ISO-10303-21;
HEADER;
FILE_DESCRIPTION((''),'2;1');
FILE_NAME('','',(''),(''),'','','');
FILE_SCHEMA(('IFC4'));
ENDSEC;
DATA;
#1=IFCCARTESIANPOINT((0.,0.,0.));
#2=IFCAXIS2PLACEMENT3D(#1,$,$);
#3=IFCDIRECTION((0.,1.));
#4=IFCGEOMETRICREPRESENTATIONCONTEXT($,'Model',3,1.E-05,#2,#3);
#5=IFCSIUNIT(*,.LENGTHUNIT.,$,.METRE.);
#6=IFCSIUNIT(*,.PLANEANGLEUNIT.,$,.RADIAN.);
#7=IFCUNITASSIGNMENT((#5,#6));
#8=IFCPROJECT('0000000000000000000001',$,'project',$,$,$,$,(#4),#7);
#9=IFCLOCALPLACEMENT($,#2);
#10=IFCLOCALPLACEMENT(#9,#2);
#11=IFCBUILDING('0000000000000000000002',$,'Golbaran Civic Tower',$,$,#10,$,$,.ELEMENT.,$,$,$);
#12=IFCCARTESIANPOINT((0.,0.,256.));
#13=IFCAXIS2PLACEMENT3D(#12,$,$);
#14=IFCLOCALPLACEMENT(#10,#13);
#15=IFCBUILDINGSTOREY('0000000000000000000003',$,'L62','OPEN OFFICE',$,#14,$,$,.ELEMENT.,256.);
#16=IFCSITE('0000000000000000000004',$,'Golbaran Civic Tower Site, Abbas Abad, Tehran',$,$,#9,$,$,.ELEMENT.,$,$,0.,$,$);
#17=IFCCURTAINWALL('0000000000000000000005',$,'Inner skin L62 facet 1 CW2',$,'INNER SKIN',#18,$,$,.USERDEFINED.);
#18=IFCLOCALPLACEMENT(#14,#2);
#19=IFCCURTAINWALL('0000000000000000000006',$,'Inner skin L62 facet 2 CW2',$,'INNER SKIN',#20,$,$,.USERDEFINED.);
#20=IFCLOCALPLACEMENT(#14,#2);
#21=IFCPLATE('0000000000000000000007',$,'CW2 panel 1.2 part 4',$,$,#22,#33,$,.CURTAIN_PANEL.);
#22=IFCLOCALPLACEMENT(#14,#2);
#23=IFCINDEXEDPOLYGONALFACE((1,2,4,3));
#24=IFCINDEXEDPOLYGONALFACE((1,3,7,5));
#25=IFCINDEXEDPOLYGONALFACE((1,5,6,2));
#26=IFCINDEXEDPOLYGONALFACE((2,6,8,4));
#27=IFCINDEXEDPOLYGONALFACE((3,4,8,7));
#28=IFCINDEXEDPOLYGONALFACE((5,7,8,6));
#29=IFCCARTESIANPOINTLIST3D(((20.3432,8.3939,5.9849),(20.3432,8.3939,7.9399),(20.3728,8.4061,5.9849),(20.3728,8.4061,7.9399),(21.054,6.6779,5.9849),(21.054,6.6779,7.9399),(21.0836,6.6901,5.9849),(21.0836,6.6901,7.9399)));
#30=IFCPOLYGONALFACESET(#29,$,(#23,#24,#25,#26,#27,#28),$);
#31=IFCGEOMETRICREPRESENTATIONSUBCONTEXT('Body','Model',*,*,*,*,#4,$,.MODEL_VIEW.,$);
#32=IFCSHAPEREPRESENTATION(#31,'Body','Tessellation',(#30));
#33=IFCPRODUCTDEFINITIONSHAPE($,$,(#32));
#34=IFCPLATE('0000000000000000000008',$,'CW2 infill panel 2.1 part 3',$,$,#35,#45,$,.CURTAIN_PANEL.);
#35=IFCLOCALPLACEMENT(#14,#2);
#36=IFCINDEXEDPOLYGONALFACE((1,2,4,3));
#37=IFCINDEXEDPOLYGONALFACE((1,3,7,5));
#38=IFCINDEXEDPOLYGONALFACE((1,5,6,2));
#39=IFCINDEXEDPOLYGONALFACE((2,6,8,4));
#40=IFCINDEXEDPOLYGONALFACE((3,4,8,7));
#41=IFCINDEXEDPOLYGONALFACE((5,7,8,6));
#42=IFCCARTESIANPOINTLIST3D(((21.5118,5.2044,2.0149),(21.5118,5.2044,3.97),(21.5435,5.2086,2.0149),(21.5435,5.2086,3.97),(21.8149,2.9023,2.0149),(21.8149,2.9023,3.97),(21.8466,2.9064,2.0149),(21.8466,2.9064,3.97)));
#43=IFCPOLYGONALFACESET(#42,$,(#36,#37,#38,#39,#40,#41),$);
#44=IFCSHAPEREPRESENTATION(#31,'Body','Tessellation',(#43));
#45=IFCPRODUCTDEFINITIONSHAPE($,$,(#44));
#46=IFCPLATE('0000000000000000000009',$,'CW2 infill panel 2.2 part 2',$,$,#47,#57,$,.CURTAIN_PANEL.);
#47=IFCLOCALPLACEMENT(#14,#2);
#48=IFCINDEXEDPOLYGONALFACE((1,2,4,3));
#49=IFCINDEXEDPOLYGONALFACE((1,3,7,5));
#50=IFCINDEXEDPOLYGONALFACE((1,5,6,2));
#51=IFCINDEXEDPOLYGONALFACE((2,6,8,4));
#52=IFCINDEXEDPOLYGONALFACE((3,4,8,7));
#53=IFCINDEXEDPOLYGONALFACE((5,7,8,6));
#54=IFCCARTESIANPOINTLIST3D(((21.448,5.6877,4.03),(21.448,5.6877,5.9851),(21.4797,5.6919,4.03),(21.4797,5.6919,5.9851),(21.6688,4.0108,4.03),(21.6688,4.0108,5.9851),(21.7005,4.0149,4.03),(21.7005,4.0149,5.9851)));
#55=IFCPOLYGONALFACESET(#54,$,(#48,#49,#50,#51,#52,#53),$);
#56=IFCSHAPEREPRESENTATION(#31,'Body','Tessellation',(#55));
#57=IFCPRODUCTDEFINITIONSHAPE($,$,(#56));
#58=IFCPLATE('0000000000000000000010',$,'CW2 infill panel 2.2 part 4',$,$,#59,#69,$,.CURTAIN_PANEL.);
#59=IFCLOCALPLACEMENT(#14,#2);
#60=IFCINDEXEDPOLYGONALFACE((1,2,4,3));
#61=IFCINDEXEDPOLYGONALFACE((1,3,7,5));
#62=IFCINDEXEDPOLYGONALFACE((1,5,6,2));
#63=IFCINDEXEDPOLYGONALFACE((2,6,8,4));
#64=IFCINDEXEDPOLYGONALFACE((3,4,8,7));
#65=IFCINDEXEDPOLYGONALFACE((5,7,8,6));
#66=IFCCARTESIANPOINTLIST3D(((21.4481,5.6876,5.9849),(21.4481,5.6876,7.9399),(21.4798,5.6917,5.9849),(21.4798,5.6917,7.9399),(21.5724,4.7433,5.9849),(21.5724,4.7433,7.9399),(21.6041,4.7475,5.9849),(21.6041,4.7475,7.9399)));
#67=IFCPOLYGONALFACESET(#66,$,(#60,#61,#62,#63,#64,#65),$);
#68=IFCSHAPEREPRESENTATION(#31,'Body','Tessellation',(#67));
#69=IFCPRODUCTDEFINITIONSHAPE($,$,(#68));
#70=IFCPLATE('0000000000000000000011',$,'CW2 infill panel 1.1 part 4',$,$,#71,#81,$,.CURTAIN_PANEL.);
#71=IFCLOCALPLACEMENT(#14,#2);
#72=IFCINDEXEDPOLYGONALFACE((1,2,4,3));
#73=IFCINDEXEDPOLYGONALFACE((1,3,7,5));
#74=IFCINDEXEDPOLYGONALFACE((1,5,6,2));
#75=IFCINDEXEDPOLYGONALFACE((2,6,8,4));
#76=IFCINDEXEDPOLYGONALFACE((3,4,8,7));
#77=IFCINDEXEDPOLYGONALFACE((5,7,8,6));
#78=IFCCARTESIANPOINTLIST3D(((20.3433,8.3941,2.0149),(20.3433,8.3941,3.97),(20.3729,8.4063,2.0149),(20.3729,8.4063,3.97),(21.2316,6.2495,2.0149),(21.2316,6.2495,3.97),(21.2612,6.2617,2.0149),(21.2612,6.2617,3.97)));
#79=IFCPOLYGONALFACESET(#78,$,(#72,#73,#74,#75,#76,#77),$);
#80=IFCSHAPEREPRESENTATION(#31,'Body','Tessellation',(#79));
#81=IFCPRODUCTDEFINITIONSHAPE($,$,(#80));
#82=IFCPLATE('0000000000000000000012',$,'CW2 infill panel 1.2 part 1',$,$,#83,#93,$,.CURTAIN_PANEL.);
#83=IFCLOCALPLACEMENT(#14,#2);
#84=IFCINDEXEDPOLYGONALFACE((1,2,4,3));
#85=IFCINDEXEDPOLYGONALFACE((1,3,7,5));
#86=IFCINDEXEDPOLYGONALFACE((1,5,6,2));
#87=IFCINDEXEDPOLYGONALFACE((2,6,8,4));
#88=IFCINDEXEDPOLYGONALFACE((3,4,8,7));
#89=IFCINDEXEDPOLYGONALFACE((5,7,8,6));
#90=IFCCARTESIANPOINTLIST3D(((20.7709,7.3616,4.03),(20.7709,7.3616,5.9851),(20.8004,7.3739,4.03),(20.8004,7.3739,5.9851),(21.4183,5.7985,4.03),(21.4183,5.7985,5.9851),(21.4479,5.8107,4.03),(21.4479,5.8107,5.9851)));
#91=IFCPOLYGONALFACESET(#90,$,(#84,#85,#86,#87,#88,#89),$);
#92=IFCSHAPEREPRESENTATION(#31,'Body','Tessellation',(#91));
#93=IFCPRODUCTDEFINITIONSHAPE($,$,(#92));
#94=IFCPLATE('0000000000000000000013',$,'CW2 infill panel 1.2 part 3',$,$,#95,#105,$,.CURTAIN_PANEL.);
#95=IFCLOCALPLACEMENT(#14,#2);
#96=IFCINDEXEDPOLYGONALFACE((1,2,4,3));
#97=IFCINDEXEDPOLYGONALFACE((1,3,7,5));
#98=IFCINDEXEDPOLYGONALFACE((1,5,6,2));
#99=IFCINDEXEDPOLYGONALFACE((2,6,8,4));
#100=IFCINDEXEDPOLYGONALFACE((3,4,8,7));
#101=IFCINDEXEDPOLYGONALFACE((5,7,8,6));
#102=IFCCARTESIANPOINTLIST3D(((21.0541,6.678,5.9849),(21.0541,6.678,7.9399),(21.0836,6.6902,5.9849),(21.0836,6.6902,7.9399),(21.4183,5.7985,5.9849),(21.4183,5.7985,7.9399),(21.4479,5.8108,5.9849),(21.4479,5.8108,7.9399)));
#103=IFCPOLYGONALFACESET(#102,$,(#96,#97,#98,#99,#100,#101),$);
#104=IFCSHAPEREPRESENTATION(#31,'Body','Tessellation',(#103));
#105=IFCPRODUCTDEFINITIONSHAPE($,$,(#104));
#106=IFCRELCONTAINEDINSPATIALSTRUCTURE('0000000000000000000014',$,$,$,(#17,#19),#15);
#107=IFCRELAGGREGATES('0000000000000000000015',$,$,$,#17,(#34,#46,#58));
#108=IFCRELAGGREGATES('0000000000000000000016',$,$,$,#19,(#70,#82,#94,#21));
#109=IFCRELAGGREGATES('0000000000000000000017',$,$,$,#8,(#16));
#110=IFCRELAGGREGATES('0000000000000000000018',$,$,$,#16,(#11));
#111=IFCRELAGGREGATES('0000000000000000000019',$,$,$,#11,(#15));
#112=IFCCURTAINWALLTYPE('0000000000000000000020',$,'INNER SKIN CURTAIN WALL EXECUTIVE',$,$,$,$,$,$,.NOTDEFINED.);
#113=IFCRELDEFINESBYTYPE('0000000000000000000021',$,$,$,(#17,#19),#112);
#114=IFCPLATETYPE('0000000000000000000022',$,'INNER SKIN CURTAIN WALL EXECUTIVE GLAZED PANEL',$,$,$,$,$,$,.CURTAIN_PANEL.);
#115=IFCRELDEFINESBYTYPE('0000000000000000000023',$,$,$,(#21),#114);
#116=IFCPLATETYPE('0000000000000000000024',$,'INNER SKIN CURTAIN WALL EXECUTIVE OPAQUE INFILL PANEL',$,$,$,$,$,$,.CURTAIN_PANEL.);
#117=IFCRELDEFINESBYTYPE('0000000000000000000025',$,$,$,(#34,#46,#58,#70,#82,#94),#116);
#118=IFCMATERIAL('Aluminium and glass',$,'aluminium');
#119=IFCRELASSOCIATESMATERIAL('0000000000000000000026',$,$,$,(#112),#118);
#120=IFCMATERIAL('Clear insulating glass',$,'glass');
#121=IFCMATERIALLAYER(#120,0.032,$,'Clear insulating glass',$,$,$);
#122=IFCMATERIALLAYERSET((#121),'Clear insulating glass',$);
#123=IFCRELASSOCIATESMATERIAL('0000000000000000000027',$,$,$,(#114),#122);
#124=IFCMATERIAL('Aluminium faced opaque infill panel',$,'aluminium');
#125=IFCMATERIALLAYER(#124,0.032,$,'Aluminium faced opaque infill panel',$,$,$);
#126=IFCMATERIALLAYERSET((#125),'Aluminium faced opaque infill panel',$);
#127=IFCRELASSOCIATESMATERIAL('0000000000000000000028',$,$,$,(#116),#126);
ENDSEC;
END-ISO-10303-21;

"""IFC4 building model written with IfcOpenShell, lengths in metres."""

from ifc_helpers import new_model, si_unit, direction, frame, origin, origin_2d, place, context, subcontext, project, spatial, rectangle, extrude, material, layer, layer_set, type_object, element, aggregate, save


model = new_model("IFC4")

# Units and contexts
model_context = context("Model", 3, precision=1e-05, world=origin(), true_north=direction((0.0, 1.0)))
body_context = subcontext(model_context, "Body", "Model", "MODEL_VIEW")
ifc_project = project(units=[si_unit("LENGTHUNIT", "METRE"), si_unit("PLANEANGLEUNIT", "RADIAN")], contexts=[model_context])

# Site, building, storey
site_placement = place(None, origin())
site = spatial("IfcSite", under=ifc_project, at=site_placement, Name="Golbaran Civic Tower Site, Abbas Abad, Tehran", CompositionType="ELEMENT", RefElevation=0.0)
building_placement = place(site_placement, origin())
building = spatial("IfcBuilding", under=site, at=building_placement, Name="Golbaran Civic Tower", CompositionType="ELEMENT")
storey_placement = place(building_placement, frame((0.0, 0.0, 256.0)))
storey = spatial("IfcBuildingStorey", under=building, at=storey_placement, Name="L62", Description="OPEN OFFICE", CompositionType="ELEMENT", Elevation=256.0)

# Curtain walls
ifc_material_1 = material(Name="Aluminium and glass", Category="aluminium")
curtain_wall_type = type_object("IfcCurtainWallType", Name="INNER SKIN CURTAIN WALL EXECUTIVE", PredefinedType="NOTDEFINED", material=ifc_material_1)
curtain_wall_1_placement = place(storey_placement, origin())
curtain_wall_1 = element("IfcCurtainWall", 1, at=curtain_wall_1_placement, inside=storey, type_object=curtain_wall_type, Name="Inner skin L62 facet 1 CW2", ObjectType="INNER SKIN", PredefinedType="USERDEFINED")
curtain_wall_2_placement = place(storey_placement, origin())
curtain_wall_2 = element("IfcCurtainWall", 2, at=curtain_wall_2_placement, inside=storey, type_object=curtain_wall_type, Name="Inner skin L62 facet 2 CW2", ObjectType="INNER SKIN", PredefinedType="USERDEFINED")

# Plates
ifc_material_2 = material(Name="Clear insulating glass", Category="glass")
ifc_layer_1 = layer(ifc_material_2, 0.032, Name="Clear insulating glass")
ifc_layer_set_1 = layer_set([ifc_layer_1], Name="Clear insulating glass")
plate_type_1 = type_object("IfcPlateType", Name="INNER SKIN CURTAIN WALL EXECUTIVE GLAZED PANEL", PredefinedType="CURTAIN_PANEL", material=ifc_layer_set_1)
plate_1_placement = place(storey_placement, frame((20.7134, 7.542, 5.9849), z_axis=(0.0, 0.0, 1.0), x_axis=(-0.382683, 0.92388, 0.0)))
plate_1 = element("IfcPlate", 3, at=plate_1_placement, type_object=plate_type_1, Name="CW2 panel 1.2 part 4", PredefinedType="CURTAIN_PANEL", context=body_context, shape_type="SweptSolid", body=[
    extrude(rectangle(XDim=1.8574, YDim=0.032, at=origin_2d()), origin(), (0.0, 0.0, 1.0), 1.9551),
])
ifc_material_3 = material(Name="Aluminium faced opaque infill panel", Category="aluminium")
ifc_layer_2 = layer(ifc_material_3, 0.032, Name="Aluminium faced opaque infill panel")
ifc_layer_set_2 = layer_set([ifc_layer_2], Name="Aluminium faced opaque infill panel")
plate_type_2 = type_object("IfcPlateType", Name="INNER SKIN CURTAIN WALL EXECUTIVE OPAQUE INFILL PANEL", PredefinedType="CURTAIN_PANEL", material=ifc_layer_set_2)
plate_2_placement = place(storey_placement, frame((21.6792, 4.0554, 2.0149), z_axis=(0.0, 0.0, 1.0), x_axis=(-0.130526, 0.991445, 0.0)))
plate_2 = element("IfcPlate", 4, at=plate_2_placement, type_object=plate_type_2, Name="CW2 infill panel 2.1 part 3", PredefinedType="CURTAIN_PANEL", context=body_context, shape_type="SweptSolid", body=[
    extrude(rectangle(XDim=2.322, YDim=0.032, at=origin_2d()), origin(), (0.0, 0.0, 1.0), 1.9551),
])
plate_3_placement = place(storey_placement, frame((21.5742, 4.8513, 4.03), z_axis=(0.0, 0.0, 1.0), x_axis=(-0.130526, 0.991445, 0.0)))
plate_3 = element("IfcPlate", 5, at=plate_3_placement, type_object=plate_type_2, Name="CW2 infill panel 2.2 part 2", PredefinedType="CURTAIN_PANEL", context=body_context, shape_type="SweptSolid", body=[
    extrude(rectangle(XDim=1.6914, YDim=0.032, at=origin_2d()), origin(), (0.0, 0.0, 1.0), 1.9551),
])
plate_4_placement = place(storey_placement, frame((21.5261, 5.2175, 5.9849), z_axis=(0.0, 0.0, 1.0), x_axis=(-0.130526, 0.991445, 0.0)))
plate_4 = element("IfcPlate", 6, at=plate_4_placement, type_object=plate_type_2, Name="CW2 infill panel 2.2 part 4", PredefinedType="CURTAIN_PANEL", context=body_context, shape_type="SweptSolid", body=[
    extrude(rectangle(XDim=0.9524, YDim=0.032, at=origin_2d()), origin(), (0.0, 0.0, 1.0), 1.9551),
])
aggregate(curtain_wall_1, [plate_2, plate_3, plate_4])
plate_5_placement = place(storey_placement, frame((20.8022, 7.3279, 2.0149), z_axis=(0.0, 0.0, 1.0), x_axis=(-0.382683, 0.92388, 0.0)))
plate_5 = element("IfcPlate", 7, at=plate_5_placement, type_object=plate_type_2, Name="CW2 infill panel 1.1 part 4", PredefinedType="CURTAIN_PANEL", context=body_context, shape_type="SweptSolid", body=[
    extrude(rectangle(XDim=2.3213, YDim=0.032, at=origin_2d()), origin(), (0.0, 0.0, 1.0), 1.9551),
])
plate_6_placement = place(storey_placement, frame((21.1094, 6.5862, 4.03), z_axis=(0.0, 0.0, 1.0), x_axis=(-0.382683, 0.92388, 0.0)))
plate_6 = element("IfcPlate", 8, at=plate_6_placement, type_object=plate_type_2, Name="CW2 infill panel 1.2 part 1", PredefinedType="CURTAIN_PANEL", context=body_context, shape_type="SweptSolid", body=[
    extrude(rectangle(XDim=1.6919, YDim=0.032, at=origin_2d()), origin(), (0.0, 0.0, 1.0), 1.9551),
])
plate_7_placement = place(storey_placement, frame((21.251, 6.2444, 5.9849), z_axis=(0.0, 0.0, 1.0), x_axis=(-0.382683, 0.92388, 0.0)))
plate_7 = element("IfcPlate", 9, at=plate_7_placement, type_object=plate_type_2, Name="CW2 infill panel 1.2 part 3", PredefinedType="CURTAIN_PANEL", context=body_context, shape_type="SweptSolid", body=[
    extrude(rectangle(XDim=0.9519, YDim=0.032, at=origin_2d()), origin(), (0.0, 0.0, 1.0), 1.9551),
])
aggregate(curtain_wall_2, [plate_5, plate_6, plate_7, plate_1])

save(model, "model.ifc")
